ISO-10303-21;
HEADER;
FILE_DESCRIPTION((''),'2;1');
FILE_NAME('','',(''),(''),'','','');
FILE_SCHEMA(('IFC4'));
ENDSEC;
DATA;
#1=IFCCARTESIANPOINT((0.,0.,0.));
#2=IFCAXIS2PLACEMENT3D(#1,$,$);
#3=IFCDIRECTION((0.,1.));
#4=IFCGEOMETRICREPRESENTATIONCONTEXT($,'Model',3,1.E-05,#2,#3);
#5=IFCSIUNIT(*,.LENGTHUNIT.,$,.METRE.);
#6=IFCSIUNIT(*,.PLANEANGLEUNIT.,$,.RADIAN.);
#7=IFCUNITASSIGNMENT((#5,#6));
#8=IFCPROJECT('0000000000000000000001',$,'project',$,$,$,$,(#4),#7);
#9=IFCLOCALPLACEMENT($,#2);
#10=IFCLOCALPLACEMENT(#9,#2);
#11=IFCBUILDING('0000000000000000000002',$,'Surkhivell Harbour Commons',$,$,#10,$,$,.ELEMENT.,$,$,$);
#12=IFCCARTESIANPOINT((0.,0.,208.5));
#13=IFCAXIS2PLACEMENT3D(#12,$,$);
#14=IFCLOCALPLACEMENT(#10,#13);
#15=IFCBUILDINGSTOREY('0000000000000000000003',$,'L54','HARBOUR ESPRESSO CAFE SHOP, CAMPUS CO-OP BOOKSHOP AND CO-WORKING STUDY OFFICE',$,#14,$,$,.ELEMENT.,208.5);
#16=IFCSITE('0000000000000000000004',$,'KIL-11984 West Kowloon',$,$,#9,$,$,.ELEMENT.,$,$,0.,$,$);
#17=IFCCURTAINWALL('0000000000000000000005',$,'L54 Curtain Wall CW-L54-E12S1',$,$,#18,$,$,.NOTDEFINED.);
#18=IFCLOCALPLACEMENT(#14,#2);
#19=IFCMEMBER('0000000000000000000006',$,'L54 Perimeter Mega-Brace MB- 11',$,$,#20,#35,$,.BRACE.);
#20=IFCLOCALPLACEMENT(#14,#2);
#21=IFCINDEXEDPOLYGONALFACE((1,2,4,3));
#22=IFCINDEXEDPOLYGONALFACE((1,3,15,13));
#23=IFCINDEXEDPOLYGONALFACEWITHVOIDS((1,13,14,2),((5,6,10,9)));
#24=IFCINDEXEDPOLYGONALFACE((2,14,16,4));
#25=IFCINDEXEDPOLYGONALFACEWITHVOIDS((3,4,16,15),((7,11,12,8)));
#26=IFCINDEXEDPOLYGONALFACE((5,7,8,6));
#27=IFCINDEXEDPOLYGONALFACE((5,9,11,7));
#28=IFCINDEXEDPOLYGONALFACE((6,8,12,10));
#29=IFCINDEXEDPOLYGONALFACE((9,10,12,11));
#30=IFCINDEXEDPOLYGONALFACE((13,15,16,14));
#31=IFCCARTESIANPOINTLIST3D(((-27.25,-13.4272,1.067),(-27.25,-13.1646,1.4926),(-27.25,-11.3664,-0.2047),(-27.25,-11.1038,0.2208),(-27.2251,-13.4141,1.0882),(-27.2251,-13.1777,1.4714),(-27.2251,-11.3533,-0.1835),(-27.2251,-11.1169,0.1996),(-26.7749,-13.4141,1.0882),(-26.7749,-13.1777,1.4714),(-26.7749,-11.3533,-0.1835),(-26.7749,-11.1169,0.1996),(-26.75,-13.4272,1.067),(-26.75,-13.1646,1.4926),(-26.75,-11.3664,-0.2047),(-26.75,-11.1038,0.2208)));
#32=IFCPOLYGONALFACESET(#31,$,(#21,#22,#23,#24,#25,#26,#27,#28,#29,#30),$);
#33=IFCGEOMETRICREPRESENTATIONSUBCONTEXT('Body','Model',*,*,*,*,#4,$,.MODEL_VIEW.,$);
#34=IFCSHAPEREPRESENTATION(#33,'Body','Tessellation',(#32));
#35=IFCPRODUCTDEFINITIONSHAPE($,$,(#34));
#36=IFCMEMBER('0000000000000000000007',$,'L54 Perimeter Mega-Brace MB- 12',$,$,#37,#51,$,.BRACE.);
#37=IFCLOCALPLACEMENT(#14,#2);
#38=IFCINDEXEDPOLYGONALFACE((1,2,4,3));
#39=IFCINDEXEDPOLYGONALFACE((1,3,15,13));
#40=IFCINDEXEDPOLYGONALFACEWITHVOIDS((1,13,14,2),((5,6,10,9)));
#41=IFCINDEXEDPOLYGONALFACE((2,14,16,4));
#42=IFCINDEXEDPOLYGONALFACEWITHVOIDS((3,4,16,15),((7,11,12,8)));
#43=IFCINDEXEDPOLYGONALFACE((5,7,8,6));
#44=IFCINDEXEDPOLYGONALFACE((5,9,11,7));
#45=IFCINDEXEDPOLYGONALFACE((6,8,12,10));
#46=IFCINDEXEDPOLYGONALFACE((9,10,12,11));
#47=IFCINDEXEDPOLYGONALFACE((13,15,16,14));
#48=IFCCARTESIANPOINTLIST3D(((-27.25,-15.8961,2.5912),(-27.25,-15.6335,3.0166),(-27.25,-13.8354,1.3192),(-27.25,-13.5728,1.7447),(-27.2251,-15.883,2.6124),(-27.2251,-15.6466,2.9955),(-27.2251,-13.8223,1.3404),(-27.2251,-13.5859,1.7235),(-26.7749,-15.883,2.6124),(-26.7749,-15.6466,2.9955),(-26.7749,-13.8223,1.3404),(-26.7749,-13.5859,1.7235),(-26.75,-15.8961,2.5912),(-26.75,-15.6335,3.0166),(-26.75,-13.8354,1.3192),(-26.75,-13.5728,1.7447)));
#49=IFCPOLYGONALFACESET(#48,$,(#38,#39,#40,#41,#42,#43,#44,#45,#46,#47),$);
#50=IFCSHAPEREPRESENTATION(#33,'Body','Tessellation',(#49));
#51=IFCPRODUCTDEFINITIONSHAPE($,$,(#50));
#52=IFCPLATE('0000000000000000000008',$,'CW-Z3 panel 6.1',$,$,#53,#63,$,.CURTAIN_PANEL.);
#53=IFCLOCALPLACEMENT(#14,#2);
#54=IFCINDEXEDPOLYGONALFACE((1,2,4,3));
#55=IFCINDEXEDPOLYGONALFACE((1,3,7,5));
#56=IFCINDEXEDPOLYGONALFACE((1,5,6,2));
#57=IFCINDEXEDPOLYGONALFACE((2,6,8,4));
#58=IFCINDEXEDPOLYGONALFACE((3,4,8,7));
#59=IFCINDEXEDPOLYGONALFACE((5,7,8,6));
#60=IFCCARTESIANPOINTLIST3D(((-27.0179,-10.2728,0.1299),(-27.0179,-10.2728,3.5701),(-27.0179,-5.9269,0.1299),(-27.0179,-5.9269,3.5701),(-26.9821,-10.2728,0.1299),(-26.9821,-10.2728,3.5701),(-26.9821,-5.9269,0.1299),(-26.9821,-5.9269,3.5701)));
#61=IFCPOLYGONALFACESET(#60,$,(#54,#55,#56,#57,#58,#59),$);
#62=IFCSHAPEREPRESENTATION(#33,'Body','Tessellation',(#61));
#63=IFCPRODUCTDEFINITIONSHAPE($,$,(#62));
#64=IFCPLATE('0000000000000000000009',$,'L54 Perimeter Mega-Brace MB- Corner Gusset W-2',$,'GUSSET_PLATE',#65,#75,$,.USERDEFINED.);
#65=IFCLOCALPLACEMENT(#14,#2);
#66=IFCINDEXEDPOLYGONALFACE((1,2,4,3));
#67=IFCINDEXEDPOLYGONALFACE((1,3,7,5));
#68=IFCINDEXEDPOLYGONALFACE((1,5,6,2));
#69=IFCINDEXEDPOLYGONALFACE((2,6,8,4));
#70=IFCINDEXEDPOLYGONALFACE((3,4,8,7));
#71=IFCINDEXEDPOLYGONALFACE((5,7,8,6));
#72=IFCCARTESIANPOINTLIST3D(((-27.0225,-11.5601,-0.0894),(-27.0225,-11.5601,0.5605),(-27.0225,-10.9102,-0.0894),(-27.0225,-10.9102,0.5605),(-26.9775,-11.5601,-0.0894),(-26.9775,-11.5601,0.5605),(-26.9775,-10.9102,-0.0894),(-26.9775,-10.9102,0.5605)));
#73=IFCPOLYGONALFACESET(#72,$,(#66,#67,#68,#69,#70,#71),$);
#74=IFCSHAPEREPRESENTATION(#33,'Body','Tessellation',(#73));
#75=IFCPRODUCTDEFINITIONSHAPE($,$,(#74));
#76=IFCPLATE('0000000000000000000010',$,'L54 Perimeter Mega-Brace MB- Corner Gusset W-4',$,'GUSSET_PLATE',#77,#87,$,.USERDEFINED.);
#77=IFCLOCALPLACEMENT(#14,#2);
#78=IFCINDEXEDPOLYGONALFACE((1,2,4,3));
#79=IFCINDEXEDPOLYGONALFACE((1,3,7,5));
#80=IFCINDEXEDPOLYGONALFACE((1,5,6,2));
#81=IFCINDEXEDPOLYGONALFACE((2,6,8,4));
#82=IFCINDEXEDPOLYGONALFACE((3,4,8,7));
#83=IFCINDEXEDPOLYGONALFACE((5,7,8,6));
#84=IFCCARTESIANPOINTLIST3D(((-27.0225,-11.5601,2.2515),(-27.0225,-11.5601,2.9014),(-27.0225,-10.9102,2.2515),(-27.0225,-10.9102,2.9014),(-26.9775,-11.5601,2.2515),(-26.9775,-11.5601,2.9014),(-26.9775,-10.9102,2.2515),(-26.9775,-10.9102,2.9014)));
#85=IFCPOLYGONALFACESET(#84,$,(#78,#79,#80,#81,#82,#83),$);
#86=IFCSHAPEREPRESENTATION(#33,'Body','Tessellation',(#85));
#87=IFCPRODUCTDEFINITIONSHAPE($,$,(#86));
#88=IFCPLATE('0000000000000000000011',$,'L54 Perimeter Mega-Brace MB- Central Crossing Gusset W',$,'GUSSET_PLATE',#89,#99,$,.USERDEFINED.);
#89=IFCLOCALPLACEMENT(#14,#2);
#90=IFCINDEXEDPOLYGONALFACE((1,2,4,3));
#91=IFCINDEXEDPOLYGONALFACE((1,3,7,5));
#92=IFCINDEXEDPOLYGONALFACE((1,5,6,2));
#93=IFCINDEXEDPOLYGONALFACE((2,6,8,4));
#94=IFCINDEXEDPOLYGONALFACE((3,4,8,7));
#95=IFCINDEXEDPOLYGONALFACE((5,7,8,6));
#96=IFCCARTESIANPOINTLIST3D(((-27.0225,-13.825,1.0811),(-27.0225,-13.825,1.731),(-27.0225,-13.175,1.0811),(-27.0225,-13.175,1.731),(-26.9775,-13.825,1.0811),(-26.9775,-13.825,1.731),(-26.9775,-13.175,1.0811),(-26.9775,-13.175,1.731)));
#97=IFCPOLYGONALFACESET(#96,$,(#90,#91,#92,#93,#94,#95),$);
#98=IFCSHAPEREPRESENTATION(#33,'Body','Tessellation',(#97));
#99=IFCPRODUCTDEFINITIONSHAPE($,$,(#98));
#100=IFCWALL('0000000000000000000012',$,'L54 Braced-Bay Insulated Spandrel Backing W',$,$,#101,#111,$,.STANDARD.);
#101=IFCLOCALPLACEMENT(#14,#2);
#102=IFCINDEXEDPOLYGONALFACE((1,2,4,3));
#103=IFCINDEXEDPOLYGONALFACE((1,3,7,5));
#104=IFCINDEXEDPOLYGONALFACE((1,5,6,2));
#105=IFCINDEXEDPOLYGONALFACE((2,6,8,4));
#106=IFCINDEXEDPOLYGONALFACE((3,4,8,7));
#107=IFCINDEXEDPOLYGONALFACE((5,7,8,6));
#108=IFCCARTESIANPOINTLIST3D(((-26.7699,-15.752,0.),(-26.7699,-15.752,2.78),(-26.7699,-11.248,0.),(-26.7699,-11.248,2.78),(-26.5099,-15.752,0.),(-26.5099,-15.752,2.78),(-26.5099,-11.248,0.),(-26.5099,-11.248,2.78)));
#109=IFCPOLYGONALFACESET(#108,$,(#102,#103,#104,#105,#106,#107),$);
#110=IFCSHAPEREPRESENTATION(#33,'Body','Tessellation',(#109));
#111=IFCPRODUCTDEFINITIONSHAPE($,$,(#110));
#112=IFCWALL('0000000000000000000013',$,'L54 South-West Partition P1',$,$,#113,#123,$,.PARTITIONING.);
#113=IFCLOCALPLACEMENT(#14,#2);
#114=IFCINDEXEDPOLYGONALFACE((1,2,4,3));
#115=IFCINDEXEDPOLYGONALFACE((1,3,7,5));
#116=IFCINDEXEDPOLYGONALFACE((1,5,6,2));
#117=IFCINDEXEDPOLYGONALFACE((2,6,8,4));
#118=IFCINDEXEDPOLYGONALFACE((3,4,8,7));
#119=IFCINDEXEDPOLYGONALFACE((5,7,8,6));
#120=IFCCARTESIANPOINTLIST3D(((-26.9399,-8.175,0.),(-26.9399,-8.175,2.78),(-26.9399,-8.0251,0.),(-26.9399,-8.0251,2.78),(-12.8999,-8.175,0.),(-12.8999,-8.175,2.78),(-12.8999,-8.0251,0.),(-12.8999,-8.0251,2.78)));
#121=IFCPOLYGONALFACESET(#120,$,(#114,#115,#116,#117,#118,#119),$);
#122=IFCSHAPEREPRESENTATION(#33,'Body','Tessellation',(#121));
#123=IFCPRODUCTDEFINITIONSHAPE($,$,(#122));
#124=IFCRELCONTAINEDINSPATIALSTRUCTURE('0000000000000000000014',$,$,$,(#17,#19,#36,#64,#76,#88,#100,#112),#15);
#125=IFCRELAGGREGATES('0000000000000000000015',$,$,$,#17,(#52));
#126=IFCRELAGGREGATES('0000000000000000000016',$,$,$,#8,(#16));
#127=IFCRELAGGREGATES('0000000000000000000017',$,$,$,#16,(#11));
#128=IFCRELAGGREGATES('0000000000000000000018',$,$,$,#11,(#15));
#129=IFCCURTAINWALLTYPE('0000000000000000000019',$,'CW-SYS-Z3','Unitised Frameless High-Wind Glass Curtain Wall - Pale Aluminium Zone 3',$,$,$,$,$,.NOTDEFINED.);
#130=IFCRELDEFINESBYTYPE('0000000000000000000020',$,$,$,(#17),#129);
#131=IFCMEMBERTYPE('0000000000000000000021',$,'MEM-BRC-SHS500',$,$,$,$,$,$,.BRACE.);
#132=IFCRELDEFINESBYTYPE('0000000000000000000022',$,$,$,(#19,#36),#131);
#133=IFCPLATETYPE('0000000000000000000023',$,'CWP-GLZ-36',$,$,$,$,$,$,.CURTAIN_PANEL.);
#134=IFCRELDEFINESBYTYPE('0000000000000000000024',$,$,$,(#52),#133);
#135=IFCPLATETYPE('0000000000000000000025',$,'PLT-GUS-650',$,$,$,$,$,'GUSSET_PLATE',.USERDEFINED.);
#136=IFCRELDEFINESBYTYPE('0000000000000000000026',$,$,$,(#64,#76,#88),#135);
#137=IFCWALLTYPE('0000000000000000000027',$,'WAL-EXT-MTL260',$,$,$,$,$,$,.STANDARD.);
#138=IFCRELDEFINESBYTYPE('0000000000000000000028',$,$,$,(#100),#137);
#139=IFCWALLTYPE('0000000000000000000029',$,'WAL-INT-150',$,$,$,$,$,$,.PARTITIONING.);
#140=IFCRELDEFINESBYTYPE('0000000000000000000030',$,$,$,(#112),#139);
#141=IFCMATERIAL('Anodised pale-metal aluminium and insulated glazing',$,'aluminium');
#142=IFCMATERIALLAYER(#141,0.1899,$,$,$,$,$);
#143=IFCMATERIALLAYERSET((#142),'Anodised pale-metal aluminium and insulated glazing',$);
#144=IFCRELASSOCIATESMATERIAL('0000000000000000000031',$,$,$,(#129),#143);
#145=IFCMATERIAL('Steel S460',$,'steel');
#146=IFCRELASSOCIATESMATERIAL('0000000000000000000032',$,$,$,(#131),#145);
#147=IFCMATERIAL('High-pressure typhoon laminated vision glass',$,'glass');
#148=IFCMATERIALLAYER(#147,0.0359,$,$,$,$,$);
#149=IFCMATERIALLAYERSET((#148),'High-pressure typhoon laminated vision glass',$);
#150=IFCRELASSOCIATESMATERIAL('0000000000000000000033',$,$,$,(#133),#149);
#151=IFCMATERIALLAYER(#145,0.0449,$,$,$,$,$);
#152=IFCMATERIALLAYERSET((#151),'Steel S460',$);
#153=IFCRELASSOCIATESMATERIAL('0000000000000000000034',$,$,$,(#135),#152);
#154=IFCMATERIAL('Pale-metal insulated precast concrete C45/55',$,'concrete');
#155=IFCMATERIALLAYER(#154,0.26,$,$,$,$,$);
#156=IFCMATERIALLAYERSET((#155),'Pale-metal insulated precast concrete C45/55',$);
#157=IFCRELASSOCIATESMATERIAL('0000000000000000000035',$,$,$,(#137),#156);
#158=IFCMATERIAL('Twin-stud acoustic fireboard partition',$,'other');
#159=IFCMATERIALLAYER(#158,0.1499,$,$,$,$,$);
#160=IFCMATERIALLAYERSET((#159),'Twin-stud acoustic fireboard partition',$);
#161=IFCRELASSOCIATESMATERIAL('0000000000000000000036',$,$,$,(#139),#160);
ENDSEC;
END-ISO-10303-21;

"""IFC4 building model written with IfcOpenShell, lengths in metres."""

from ifc_helpers import new_model, si_unit, direction, frame, frame_2d, origin, origin_2d, place, context, subcontext, project, spatial, rectangle, hollow_rectangle, extrude, material, layer, layer_set, material_profile, profile_set, type_object, element, aggregate, save


model = new_model("IFC4")

# Units and contexts
model_context = context("Model", 3, precision=1e-05, world=origin(), true_north=direction((0.0, 1.0)))
body_context = subcontext(model_context, "Body", "Model", "MODEL_VIEW")
ifc_project = project(units=[si_unit("LENGTHUNIT", "METRE"), si_unit("PLANEANGLEUNIT", "RADIAN")], contexts=[model_context])

# Site, building, storey
site_placement = place(None, origin())
site = spatial("IfcSite", under=ifc_project, at=site_placement, Name="KIL-11984 West Kowloon", CompositionType="ELEMENT", RefElevation=0.0)
building_placement = place(site_placement, origin())
building = spatial("IfcBuilding", under=site, at=building_placement, Name="Surkhivell Harbour Commons", CompositionType="ELEMENT")
storey_placement = place(building_placement, frame((0.0, 0.0, 208.5)))
storey = spatial("IfcBuildingStorey", under=building, at=storey_placement, Name="L54", Description="HARBOUR ESPRESSO CAFE SHOP, CAMPUS CO-OP BOOKSHOP AND CO-WORKING STUDY OFFICE", CompositionType="ELEMENT", Elevation=208.5)

# Curtain wall
ifc_material_1 = material(Name="Anodised pale-metal aluminium and insulated glazing", Category="aluminium")
ifc_layer_1 = layer(ifc_material_1, 0.1899)
ifc_layer_set_1 = layer_set([ifc_layer_1], Name="Anodised pale-metal aluminium and insulated glazing")
curtain_wall_type = type_object("IfcCurtainWallType", Name="CW-SYS-Z3", Description="Unitised Frameless High-Wind Glass Curtain Wall - Pale Aluminium Zone 3", PredefinedType="NOTDEFINED", material=ifc_layer_set_1)
curtain_wall_placement = place(storey_placement, origin())
curtain_wall = element("IfcCurtainWall", 1, at=curtain_wall_placement, inside=storey, type_object=curtain_wall_type, Name="L54 Curtain Wall CW-L54-E12S1", PredefinedType="NOTDEFINED")

# Members
ifc_material_2 = material(Name="Steel S460", Category="steel")
ifc_material_profile_1 = material_profile(ifc_material_2, hollow_rectangle(XDim=0.5, YDim=0.5, WallThickness=0.0249, at=origin_2d()), Name="SHS500x500x25")
ifc_profile_set_1 = profile_set([ifc_material_profile_1], Name="Steel S460")
member_type_1 = type_object("IfcMemberType", Name="MEM-BRC-SHS500", PredefinedType="BRACE", material=ifc_profile_set_1)
for number, where, z_axis, x_axis, name in (
    (2, (-27.0, -11.2351, 0.0081), (0.0, -0.851003, 0.52516), (1.0, 0.0, 0.0), "L54 Perimeter Mega-Brace MB- 11"),
    (3, (-27.0, -13.7041, 1.532), (0.0, -0.850958, 0.525233), (1.0, 0.0, 0.0), "L54 Perimeter Mega-Brace MB- 12"),
):
    element("IfcMember", number, at=place(storey_placement, frame(where, z_axis=z_axis, x_axis=x_axis)), inside=storey, type_object=member_type_1, Name=name, PredefinedType="BRACE", context=body_context, shape_type="SweptSolid", body=[
        extrude(hollow_rectangle(XDim=0.5, YDim=0.5, WallThickness=0.0249, at=origin_2d()), origin(), (0.0, 0.0, 1.0), 2.4216),
    ])

# Plate
ifc_material_3 = material(Name="High-pressure typhoon laminated vision glass", Category="glass")
ifc_layer_2 = layer(ifc_material_3, 0.0359)
ifc_layer_set_2 = layer_set([ifc_layer_2], Name="High-pressure typhoon laminated vision glass")
plate_type_1 = type_object("IfcPlateType", Name="CWP-GLZ-36", PredefinedType="CURTAIN_PANEL", material=ifc_layer_set_2)
plate_placement = place(storey_placement, frame((-27.0, -5.927, 0.1299), z_axis=(0.0, 0.0, 1.0), x_axis=(0.0, -1.0, 0.0)))
plate = element("IfcPlate", 4, at=plate_placement, type_object=plate_type_1, Name="CW-Z3 panel 6.1", PredefinedType="CURTAIN_PANEL", context=body_context, shape_type="SweptSolid", body=[
    extrude(rectangle(XDim=4.3459, YDim=0.0359, at=frame_2d((2.1729, 0.0))), origin(), (0.0, 0.0, 1.0), 3.4402),
])
aggregate(curtain_wall, [plate])

# Plates
ifc_layer_3 = layer(ifc_material_2, 0.0449)
ifc_layer_set_3 = layer_set([ifc_layer_3], Name="Steel S460")
plate_type_2 = type_object("IfcPlateType", Name="PLT-GUS-650", ElementType="GUSSET_PLATE", PredefinedType="USERDEFINED", material=ifc_layer_set_3)
for number, where, z_axis, x_axis, name in (
    (5, (-27.0, -11.2351, -0.0894), (0.0, 0.0, 1.0), (0.0, 1.0, 0.0), "L54 Perimeter Mega-Brace MB- Corner Gusset W-2"),
    (6, (-27.0, -11.2351, 2.2515), (0.0, 0.0, 1.0), (0.0, 1.0, 0.0), "L54 Perimeter Mega-Brace MB- Corner Gusset W-4"),
    (7, (-27.0, -13.5, 1.0811), (0.0, 0.0, 1.0), (0.0, 1.0, 0.0), "L54 Perimeter Mega-Brace MB- Central Crossing Gusset W"),
):
    element("IfcPlate", number, at=place(storey_placement, frame(where, z_axis=z_axis, x_axis=x_axis)), inside=storey, type_object=plate_type_2, Name=name, ObjectType="GUSSET_PLATE", PredefinedType="USERDEFINED", context=body_context, shape_type="SweptSolid", body=[
        extrude(rectangle(XDim=0.6499, YDim=0.0449, at=origin_2d()), origin(), (0.0, 0.0, 1.0), 0.6499),
    ])

# Walls
ifc_material_4 = material(Name="Pale-metal insulated precast concrete C45/55", Category="concrete")
ifc_layer_4 = layer(ifc_material_4, 0.26)
ifc_layer_set_4 = layer_set([ifc_layer_4], Name="Pale-metal insulated precast concrete C45/55")
wall_type_1 = type_object("IfcWallType", Name="WAL-EXT-MTL260", PredefinedType="STANDARD", material=ifc_layer_set_4)
wall_1_placement = place(storey_placement, frame((-26.6399, -11.248, 0.0), z_axis=(0.0, 0.0, 1.0), x_axis=(0.0, -1.0, 0.0)))
element("IfcWall", 8, at=wall_1_placement, inside=storey, type_object=wall_type_1, Name="L54 Braced-Bay Insulated Spandrel Backing W", PredefinedType="STANDARD", context=body_context, shape_type="SweptSolid", body=[
    extrude(rectangle(XDim=4.5039, YDim=0.26, at=frame_2d((2.252, 0.0))), origin(), (0.0, 0.0, 1.0), 2.78),
])
ifc_material_5 = material(Name="Twin-stud acoustic fireboard partition", Category="other")
ifc_layer_5 = layer(ifc_material_5, 0.1499)
ifc_layer_set_5 = layer_set([ifc_layer_5], Name="Twin-stud acoustic fireboard partition")
wall_type_2 = type_object("IfcWallType", Name="WAL-INT-150", PredefinedType="PARTITIONING", material=ifc_layer_set_5)
wall_2_placement = place(storey_placement, frame((-26.9399, -8.1001, 0.0), z_axis=(0.0, 0.0, 1.0), x_axis=(1.0, 0.0, 0.0)))
element("IfcWall", 9, at=wall_2_placement, inside=storey, type_object=wall_type_2, Name="L54 South-West Partition P1", PredefinedType="PARTITIONING", context=body_context, shape_type="SweptSolid", body=[
    extrude(rectangle(XDim=14.04, YDim=0.1499, at=frame_2d((7.02, 0.0))), origin(), (0.0, 0.0, 1.0), 2.78),
])

save(model, "model.ifc")
